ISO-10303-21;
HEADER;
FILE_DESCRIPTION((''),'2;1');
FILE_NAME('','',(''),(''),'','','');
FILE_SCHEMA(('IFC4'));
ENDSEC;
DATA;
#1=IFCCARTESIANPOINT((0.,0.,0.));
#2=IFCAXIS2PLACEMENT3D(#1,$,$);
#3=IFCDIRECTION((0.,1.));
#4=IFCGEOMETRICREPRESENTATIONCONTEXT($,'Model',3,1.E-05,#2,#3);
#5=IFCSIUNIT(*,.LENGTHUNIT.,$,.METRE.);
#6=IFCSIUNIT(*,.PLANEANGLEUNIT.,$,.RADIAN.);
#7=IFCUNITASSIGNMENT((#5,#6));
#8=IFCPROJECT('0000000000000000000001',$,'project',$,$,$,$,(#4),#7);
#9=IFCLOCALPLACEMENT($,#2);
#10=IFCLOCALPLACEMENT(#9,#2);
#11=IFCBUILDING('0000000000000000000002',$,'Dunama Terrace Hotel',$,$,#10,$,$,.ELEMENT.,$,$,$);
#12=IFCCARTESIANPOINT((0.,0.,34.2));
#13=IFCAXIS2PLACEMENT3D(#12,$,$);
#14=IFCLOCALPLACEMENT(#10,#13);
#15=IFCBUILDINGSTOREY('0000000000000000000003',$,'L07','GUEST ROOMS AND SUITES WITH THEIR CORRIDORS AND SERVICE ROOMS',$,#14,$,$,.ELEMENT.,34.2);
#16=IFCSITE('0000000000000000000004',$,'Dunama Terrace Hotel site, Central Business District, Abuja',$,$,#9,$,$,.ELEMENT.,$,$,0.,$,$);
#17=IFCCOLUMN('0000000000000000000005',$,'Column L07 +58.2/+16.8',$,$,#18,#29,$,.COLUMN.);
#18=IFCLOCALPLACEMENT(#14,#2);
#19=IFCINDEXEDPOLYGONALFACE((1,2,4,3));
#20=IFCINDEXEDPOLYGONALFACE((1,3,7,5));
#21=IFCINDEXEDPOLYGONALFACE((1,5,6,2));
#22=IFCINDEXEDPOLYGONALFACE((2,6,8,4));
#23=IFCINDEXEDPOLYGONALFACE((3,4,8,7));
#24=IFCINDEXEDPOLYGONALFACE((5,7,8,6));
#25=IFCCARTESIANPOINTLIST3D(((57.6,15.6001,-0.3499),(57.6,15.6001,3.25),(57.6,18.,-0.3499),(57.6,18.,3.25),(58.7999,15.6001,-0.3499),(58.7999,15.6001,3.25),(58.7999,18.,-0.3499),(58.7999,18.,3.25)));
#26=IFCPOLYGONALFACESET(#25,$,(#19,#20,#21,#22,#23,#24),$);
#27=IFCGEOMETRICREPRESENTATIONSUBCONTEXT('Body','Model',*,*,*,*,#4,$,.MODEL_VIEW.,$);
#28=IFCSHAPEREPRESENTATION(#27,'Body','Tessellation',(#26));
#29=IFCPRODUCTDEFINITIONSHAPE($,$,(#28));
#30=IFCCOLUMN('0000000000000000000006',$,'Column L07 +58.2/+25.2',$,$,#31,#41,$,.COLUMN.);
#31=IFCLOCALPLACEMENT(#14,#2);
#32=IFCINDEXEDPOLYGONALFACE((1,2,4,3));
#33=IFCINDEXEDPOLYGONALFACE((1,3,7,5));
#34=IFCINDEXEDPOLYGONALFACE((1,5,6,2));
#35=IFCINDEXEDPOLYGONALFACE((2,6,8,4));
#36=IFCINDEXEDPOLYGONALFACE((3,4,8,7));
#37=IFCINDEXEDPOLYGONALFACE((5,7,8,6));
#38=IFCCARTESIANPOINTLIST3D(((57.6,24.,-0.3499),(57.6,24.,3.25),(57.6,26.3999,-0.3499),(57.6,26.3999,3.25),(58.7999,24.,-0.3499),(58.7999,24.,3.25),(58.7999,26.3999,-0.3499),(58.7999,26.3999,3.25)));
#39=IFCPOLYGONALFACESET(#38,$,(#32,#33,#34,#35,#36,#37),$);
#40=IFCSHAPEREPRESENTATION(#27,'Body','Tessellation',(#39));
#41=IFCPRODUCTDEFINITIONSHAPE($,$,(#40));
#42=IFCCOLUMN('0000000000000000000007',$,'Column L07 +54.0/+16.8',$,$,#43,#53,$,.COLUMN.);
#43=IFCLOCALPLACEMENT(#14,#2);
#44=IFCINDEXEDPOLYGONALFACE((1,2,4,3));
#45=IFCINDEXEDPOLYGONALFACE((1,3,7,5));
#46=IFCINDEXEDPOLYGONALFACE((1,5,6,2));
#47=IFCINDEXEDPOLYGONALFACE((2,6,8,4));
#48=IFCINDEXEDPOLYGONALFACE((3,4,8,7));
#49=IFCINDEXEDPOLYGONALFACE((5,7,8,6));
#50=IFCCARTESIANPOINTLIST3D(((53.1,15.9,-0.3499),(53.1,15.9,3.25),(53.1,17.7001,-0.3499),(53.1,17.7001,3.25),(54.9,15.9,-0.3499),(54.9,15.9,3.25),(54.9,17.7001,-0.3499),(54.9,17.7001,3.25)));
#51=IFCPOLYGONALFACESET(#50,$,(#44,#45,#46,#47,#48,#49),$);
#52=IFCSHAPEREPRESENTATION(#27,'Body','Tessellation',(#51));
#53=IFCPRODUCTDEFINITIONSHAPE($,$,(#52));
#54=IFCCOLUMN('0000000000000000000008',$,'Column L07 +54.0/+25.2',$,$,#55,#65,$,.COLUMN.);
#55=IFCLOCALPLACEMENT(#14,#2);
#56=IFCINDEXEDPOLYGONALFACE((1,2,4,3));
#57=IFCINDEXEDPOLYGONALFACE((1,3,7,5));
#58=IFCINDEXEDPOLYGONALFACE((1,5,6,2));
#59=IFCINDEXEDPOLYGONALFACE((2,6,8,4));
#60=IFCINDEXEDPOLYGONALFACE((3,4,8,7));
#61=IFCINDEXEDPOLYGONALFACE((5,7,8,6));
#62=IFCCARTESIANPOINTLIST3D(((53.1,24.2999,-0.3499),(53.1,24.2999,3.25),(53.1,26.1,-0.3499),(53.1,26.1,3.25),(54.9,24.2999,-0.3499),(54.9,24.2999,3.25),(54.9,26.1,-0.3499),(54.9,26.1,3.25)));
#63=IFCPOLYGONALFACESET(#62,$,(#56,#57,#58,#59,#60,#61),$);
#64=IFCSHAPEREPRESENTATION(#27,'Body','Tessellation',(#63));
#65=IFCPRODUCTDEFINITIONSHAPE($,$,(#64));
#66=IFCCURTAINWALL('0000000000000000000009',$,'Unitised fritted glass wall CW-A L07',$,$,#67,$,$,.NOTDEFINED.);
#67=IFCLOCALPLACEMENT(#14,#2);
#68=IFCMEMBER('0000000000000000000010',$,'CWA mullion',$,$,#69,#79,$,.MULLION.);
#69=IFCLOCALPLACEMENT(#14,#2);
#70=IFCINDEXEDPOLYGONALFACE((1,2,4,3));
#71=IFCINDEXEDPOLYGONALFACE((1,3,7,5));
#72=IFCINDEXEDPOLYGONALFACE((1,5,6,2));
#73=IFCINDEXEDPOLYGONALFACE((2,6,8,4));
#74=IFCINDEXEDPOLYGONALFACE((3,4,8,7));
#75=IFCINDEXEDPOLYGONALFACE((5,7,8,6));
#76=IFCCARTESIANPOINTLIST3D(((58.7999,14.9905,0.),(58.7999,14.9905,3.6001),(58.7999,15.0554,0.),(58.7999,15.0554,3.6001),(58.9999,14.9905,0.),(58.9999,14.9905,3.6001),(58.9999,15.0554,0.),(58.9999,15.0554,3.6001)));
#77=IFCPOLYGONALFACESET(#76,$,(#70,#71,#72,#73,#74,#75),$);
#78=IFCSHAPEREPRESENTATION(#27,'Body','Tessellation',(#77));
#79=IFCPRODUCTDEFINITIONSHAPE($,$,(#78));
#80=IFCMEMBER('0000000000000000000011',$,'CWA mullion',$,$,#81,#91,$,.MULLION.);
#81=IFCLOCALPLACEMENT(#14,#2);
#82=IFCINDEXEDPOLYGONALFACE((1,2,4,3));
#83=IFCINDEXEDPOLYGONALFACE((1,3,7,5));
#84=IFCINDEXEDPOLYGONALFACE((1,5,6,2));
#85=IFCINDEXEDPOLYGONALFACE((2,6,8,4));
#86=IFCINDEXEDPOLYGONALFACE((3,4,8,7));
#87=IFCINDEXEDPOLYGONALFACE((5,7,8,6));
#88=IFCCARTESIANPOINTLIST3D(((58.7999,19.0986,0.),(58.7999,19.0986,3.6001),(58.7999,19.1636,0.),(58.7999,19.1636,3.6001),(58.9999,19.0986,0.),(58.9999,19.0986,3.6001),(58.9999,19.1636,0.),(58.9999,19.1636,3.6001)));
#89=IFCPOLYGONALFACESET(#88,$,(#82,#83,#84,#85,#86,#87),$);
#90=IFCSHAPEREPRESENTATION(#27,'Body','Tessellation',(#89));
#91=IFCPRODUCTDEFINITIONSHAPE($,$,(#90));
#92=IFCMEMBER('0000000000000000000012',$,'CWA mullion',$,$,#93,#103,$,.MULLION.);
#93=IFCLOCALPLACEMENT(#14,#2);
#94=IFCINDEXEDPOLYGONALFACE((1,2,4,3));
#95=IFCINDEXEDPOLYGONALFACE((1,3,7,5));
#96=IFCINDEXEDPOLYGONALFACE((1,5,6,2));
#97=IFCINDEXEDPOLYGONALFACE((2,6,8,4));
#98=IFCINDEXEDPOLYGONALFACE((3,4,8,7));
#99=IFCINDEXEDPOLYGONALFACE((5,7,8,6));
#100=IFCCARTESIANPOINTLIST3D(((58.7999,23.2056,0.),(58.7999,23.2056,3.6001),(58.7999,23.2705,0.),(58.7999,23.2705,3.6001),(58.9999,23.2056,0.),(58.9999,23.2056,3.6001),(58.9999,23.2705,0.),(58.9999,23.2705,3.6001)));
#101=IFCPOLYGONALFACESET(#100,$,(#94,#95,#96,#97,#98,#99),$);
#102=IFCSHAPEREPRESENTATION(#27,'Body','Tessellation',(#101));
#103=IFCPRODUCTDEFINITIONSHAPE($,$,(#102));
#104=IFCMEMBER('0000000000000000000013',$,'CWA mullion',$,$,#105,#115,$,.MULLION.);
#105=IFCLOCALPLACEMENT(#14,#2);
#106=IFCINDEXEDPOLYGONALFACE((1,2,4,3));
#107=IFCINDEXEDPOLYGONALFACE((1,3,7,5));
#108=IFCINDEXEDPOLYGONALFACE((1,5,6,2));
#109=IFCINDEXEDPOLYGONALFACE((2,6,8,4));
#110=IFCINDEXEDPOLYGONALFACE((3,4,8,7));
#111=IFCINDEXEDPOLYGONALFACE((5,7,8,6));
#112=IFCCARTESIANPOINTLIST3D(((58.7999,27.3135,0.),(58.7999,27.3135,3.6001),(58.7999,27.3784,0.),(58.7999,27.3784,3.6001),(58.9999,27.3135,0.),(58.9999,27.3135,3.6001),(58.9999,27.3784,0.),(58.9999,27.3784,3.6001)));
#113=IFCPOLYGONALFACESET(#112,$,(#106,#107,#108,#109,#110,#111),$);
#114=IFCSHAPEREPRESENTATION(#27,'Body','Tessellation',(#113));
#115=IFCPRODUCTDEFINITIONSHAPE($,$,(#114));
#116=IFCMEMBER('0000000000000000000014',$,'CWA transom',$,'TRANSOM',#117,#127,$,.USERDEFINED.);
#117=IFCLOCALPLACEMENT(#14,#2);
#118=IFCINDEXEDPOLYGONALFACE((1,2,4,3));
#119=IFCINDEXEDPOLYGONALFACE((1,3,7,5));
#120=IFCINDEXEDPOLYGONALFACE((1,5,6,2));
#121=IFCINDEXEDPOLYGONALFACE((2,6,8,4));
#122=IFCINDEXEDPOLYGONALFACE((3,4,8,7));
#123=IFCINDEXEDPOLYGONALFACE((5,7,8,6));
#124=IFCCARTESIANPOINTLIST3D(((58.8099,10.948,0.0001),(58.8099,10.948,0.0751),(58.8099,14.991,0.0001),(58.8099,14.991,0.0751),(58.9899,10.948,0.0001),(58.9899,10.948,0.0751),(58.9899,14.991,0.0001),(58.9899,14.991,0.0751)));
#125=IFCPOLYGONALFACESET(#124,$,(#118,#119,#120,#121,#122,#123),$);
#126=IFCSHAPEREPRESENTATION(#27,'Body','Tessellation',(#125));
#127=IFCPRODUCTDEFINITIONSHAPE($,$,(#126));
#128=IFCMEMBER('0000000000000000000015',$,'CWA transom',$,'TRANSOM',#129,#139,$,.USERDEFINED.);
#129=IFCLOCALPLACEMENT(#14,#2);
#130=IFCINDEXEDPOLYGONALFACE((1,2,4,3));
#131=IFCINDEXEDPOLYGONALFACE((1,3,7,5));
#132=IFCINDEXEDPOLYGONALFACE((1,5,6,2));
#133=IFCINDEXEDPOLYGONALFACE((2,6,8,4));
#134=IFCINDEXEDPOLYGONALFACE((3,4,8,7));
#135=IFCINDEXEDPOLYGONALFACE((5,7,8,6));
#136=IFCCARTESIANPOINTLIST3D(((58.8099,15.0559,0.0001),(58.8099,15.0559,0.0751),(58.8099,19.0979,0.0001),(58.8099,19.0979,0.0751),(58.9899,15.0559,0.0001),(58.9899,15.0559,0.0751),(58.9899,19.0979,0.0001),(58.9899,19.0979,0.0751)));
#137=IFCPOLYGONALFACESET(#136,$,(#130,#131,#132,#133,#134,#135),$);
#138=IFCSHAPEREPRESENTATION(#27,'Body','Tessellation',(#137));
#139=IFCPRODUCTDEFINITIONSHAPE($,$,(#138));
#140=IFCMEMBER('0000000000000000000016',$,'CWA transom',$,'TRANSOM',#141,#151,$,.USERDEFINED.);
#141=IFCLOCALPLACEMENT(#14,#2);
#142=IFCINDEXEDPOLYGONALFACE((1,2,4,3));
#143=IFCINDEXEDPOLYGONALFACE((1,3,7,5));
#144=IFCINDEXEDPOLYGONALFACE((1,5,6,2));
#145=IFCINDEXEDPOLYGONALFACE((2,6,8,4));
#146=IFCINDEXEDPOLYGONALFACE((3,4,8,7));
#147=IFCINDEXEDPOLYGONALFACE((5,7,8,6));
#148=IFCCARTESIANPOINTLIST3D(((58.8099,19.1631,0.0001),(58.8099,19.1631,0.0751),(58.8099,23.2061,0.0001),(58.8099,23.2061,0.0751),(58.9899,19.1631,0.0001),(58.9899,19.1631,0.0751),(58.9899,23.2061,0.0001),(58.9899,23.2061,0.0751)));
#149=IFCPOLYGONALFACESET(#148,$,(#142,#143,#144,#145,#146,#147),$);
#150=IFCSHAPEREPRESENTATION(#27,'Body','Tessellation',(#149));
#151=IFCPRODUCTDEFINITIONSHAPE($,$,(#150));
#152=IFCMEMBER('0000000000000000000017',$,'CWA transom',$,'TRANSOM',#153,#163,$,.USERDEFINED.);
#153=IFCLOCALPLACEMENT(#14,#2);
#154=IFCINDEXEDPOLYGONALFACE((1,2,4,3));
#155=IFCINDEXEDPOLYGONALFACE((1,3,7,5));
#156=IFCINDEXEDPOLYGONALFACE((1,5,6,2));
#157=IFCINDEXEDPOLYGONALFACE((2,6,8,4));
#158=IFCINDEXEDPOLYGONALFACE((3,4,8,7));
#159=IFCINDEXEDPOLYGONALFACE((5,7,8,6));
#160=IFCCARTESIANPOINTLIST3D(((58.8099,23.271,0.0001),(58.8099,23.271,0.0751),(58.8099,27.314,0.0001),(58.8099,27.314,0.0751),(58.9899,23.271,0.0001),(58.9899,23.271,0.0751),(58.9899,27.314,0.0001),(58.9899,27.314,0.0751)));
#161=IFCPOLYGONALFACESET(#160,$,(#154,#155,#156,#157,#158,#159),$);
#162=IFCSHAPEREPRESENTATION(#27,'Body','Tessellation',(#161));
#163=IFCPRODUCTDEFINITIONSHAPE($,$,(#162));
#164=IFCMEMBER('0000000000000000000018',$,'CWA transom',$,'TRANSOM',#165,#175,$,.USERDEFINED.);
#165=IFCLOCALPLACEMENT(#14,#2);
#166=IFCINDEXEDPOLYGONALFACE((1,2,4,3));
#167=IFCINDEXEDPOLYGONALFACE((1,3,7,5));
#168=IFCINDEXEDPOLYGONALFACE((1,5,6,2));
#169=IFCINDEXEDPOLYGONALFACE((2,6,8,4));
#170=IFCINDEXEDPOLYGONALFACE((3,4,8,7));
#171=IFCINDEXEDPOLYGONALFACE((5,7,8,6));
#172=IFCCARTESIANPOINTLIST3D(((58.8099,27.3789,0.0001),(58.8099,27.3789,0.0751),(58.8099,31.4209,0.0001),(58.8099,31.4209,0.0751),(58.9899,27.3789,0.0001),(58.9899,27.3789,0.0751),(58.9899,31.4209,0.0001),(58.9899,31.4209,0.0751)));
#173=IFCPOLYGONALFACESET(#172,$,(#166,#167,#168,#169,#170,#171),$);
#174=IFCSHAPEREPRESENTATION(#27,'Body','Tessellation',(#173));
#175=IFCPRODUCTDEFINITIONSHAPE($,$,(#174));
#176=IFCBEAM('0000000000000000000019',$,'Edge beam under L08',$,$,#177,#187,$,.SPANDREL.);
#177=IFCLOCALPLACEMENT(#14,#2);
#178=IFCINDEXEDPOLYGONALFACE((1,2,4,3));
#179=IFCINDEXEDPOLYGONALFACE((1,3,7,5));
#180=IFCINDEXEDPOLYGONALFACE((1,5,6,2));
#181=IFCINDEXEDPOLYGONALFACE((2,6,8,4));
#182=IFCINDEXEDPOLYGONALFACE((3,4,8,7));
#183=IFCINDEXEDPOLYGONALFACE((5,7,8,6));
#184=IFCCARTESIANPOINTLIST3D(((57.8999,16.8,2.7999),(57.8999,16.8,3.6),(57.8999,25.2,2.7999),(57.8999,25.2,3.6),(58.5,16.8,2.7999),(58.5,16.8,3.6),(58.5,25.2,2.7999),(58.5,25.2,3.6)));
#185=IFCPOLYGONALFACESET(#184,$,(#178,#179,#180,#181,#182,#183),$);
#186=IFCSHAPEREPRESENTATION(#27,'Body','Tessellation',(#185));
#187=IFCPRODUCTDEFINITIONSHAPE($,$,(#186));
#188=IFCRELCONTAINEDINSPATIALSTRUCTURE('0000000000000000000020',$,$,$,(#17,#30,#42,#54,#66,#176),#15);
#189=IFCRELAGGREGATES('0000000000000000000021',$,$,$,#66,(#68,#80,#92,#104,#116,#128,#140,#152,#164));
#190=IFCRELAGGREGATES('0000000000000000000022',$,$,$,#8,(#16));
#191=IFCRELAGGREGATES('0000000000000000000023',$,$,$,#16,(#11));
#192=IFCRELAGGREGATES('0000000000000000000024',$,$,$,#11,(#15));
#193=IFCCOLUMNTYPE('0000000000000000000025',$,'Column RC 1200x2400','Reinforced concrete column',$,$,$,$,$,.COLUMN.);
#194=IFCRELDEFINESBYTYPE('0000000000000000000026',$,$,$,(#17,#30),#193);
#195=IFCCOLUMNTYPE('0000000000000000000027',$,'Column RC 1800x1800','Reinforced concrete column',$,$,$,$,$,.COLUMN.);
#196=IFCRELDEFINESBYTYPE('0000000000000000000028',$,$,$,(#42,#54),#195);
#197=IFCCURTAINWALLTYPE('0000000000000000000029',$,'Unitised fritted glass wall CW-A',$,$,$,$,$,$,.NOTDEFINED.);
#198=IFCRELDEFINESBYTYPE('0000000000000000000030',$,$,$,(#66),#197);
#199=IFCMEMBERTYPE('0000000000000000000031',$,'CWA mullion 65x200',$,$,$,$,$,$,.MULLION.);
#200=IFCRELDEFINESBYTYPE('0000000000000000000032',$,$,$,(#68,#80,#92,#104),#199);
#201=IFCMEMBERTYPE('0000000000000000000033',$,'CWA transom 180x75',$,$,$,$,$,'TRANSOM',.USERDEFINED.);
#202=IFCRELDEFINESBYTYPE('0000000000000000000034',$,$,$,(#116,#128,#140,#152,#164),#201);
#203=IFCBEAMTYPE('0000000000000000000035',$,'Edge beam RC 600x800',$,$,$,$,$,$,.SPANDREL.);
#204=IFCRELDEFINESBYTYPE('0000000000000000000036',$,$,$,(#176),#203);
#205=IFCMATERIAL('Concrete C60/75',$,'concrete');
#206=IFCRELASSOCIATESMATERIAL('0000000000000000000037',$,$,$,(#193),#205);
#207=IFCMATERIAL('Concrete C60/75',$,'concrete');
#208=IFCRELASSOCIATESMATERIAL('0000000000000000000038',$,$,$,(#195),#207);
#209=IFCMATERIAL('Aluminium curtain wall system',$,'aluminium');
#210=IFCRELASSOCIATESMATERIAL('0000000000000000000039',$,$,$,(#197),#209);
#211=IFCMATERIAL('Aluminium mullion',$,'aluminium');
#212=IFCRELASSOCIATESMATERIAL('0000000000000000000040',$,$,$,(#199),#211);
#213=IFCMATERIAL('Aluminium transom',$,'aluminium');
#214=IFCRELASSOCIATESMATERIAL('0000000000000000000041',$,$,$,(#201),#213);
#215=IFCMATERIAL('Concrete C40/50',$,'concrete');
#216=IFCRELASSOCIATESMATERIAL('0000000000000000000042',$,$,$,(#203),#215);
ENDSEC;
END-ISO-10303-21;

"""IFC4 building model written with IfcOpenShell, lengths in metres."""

from ifc_helpers import new_model, si_unit, direction, frame, origin, origin_2d, place, context, subcontext, project, spatial, rectangle, extrude, material, material_profile, profile_set, type_object, element, aggregate, save


model = new_model("IFC4")

# Units and contexts
model_context = context("Model", 3, precision=1e-05, world=origin(), true_north=direction((0.0, 1.0)))
body_context = subcontext(model_context, "Body", "Model", "MODEL_VIEW")
ifc_project = project(units=[si_unit("LENGTHUNIT", "METRE"), si_unit("PLANEANGLEUNIT", "RADIAN")], contexts=[model_context])

# Site, building, storey
site_placement = place(None, origin())
site = spatial("IfcSite", under=ifc_project, at=site_placement, Name="Dunama Terrace Hotel site, Central Business District, Abuja", CompositionType="ELEMENT", RefElevation=0.0)
building_placement = place(site_placement, origin())
building = spatial("IfcBuilding", under=site, at=building_placement, Name="Dunama Terrace Hotel", CompositionType="ELEMENT")
storey_placement = place(building_placement, frame((0.0, 0.0, 34.2)))
storey = spatial("IfcBuildingStorey", under=building, at=storey_placement, Name="L07", Description="GUEST ROOMS AND SUITES WITH THEIR CORRIDORS AND SERVICE ROOMS", CompositionType="ELEMENT", Elevation=34.2)

# Columns
ifc_material_1 = material(Name="Concrete C60/75", Category="concrete")
ifc_material_profile_1 = material_profile(ifc_material_1, rectangle(XDim=1.2, YDim=2.3999, at=origin_2d()), Name="RC 1200x2400")
ifc_profile_set_1 = profile_set([ifc_material_profile_1], Name="Concrete C60/75")
column_type_1 = type_object("IfcColumnType", Name="Column RC 1200x2400", Description="Reinforced concrete column", PredefinedType="COLUMN", material=ifc_profile_set_1)
for number, where, z_axis, x_axis, name in (
    (1, (58.2, 16.8, -0.3499), (0.0, 0.0, 1.0), (1.0, 0.0, 0.0), "Column L07 +58.2/+16.8"),
    (2, (58.2, 25.2, -0.3499), (0.0, 0.0, 1.0), (1.0, 0.0, 0.0), "Column L07 +58.2/+25.2"),
):
    element("IfcColumn", number, at=place(storey_placement, frame(where, z_axis=z_axis, x_axis=x_axis)), inside=storey, type_object=column_type_1, Name=name, PredefinedType="COLUMN", context=body_context, shape_type="SweptSolid", body=[
        extrude(rectangle(XDim=1.2, YDim=2.3999, at=origin_2d()), origin(), (0.0, 0.0, 1.0), 3.5999),
    ])
ifc_material_2 = material(Name="Concrete C60/75", Category="concrete")
ifc_material_profile_2 = material_profile(ifc_material_2, rectangle(XDim=1.8, YDim=1.8, at=origin_2d()), Name="RC 1800x1800")
ifc_profile_set_2 = profile_set([ifc_material_profile_2], Name="Concrete C60/75")
column_type_2 = type_object("IfcColumnType", Name="Column RC 1800x1800", Description="Reinforced concrete column", PredefinedType="COLUMN", material=ifc_profile_set_2)
for number, where, z_axis, x_axis, name in (
    (3, (54.0, 16.8, -0.3499), (0.0, 0.0, 1.0), (1.0, 0.0, 0.0), "Column L07 +54.0/+16.8"),
    (4, (54.0, 25.2, -0.3499), (0.0, 0.0, 1.0), (1.0, 0.0, 0.0), "Column L07 +54.0/+25.2"),
):
    element("IfcColumn", number, at=place(storey_placement, frame(where, z_axis=z_axis, x_axis=x_axis)), inside=storey, type_object=column_type_2, Name=name, PredefinedType="COLUMN", context=body_context, shape_type="SweptSolid", body=[
        extrude(rectangle(XDim=1.8, YDim=1.8, at=origin_2d()), origin(), (0.0, 0.0, 1.0), 3.5999),
    ])

# Curtain wall, members
ifc_material_3 = material(Name="Aluminium curtain wall system", Category="aluminium")
curtain_wall_type = type_object("IfcCurtainWallType", Name="Unitised fritted glass wall CW-A", PredefinedType="NOTDEFINED", material=ifc_material_3)
curtain_wall_placement = place(storey_placement, origin())
curtain_wall = element("IfcCurtainWall", 5, at=curtain_wall_placement, inside=storey, type_object=curtain_wall_type, Name="Unitised fritted glass wall CW-A L07", PredefinedType="NOTDEFINED")
ifc_material_4 = material(Name="Aluminium mullion", Category="aluminium")
ifc_material_profile_3 = material_profile(ifc_material_4, rectangle(XDim=0.0649, YDim=0.2, at=origin_2d()), Name="CWA MULLION 65X200")
ifc_profile_set_3 = profile_set([ifc_material_profile_3], Name="Aluminium mullion")
member_type_1 = type_object("IfcMemberType", Name="CWA mullion 65x200", PredefinedType="MULLION", material=ifc_profile_set_3)
member_1_placement = place(storey_placement, frame((58.8999, 15.0229, 0.0), z_axis=(0.0, 0.0, 1.0), x_axis=(0.0, 1.0, 0.0)))
member_1 = element("IfcMember", 6, at=member_1_placement, type_object=member_type_1, Name="CWA mullion", PredefinedType="MULLION", context=body_context, shape_type="SweptSolid", body=[
    extrude(rectangle(XDim=0.0649, YDim=0.2, at=origin_2d()), origin(), (0.0, 0.0, 1.0), 3.6001),
])
member_2_placement = place(storey_placement, frame((58.8999, 19.1311, 0.0), z_axis=(0.0, 0.0, 1.0), x_axis=(0.0, 1.0, 0.0)))
member_2 = element("IfcMember", 7, at=member_2_placement, type_object=member_type_1, Name="CWA mullion", PredefinedType="MULLION", context=body_context, shape_type="SweptSolid", body=[
    extrude(rectangle(XDim=0.0649, YDim=0.2, at=origin_2d()), origin(), (0.0, 0.0, 1.0), 3.6001),
])
member_3_placement = place(storey_placement, frame((58.8999, 23.238, 0.0), z_axis=(0.0, 0.0, 1.0), x_axis=(0.0, 1.0, 0.0)))
member_3 = element("IfcMember", 8, at=member_3_placement, type_object=member_type_1, Name="CWA mullion", PredefinedType="MULLION", context=body_context, shape_type="SweptSolid", body=[
    extrude(rectangle(XDim=0.0649, YDim=0.2, at=origin_2d()), origin(), (0.0, 0.0, 1.0), 3.6001),
])
member_4_placement = place(storey_placement, frame((58.8999, 27.3459, 0.0), z_axis=(0.0, 0.0, 1.0), x_axis=(0.0, 1.0, 0.0)))
member_4 = element("IfcMember", 9, at=member_4_placement, type_object=member_type_1, Name="CWA mullion", PredefinedType="MULLION", context=body_context, shape_type="SweptSolid", body=[
    extrude(rectangle(XDim=0.0649, YDim=0.2, at=origin_2d()), origin(), (0.0, 0.0, 1.0), 3.6001),
])
ifc_material_5 = material(Name="Aluminium transom", Category="aluminium")
ifc_material_profile_4 = material_profile(ifc_material_5, rectangle(XDim=0.1799, YDim=0.075, at=origin_2d()), Name="CWA TRANSOM 180X75")
ifc_profile_set_4 = profile_set([ifc_material_profile_4], Name="Aluminium transom")
member_type_2 = type_object("IfcMemberType", Name="CWA transom 180x75", ElementType="TRANSOM", PredefinedType="USERDEFINED", material=ifc_profile_set_4)
member_5_placement = place(storey_placement, frame((58.8999, 10.948, 0.0376), z_axis=(0.0, 1.0, 0.0), x_axis=(-1.0, 0.0, 0.0)))
member_5 = element("IfcMember", 10, at=member_5_placement, type_object=member_type_2, Name="CWA transom", ObjectType="TRANSOM", PredefinedType="USERDEFINED", context=body_context, shape_type="SweptSolid", body=[
    extrude(rectangle(XDim=0.1799, YDim=0.075, at=origin_2d()), origin(), (0.0, 0.0, 1.0), 4.043),
])
member_6_placement = place(storey_placement, frame((58.8999, 15.0559, 0.0376), z_axis=(0.0, 1.0, 0.0), x_axis=(-1.0, 0.0, 0.0)))
member_6 = element("IfcMember", 11, at=member_6_placement, type_object=member_type_2, Name="CWA transom", ObjectType="TRANSOM", PredefinedType="USERDEFINED", context=body_context, shape_type="SweptSolid", body=[
    extrude(rectangle(XDim=0.1799, YDim=0.075, at=origin_2d()), origin(), (0.0, 0.0, 1.0), 4.042),
])
member_7_placement = place(storey_placement, frame((58.8999, 19.1631, 0.0376), z_axis=(0.0, 1.0, 0.0), x_axis=(-1.0, 0.0, 0.0)))
member_7 = element("IfcMember", 12, at=member_7_placement, type_object=member_type_2, Name="CWA transom", ObjectType="TRANSOM", PredefinedType="USERDEFINED", context=body_context, shape_type="SweptSolid", body=[
    extrude(rectangle(XDim=0.1799, YDim=0.075, at=origin_2d()), origin(), (0.0, 0.0, 1.0), 4.043),
])
member_8_placement = place(storey_placement, frame((58.8999, 23.271, 0.0376), z_axis=(0.0, 1.0, 0.0), x_axis=(-1.0, 0.0, 0.0)))
member_8 = element("IfcMember", 13, at=member_8_placement, type_object=member_type_2, Name="CWA transom", ObjectType="TRANSOM", PredefinedType="USERDEFINED", context=body_context, shape_type="SweptSolid", body=[
    extrude(rectangle(XDim=0.1799, YDim=0.075, at=origin_2d()), origin(), (0.0, 0.0, 1.0), 4.043),
])
member_9_placement = place(storey_placement, frame((58.8999, 27.3789, 0.0376), z_axis=(0.0, 1.0, 0.0), x_axis=(-1.0, 0.0, 0.0)))
member_9 = element("IfcMember", 14, at=member_9_placement, type_object=member_type_2, Name="CWA transom", ObjectType="TRANSOM", PredefinedType="USERDEFINED", context=body_context, shape_type="SweptSolid", body=[
    extrude(rectangle(XDim=0.1799, YDim=0.075, at=origin_2d()), origin(), (0.0, 0.0, 1.0), 4.042),
])

# Beam
ifc_material_6 = material(Name="Concrete C40/50", Category="concrete")
ifc_material_profile_5 = material_profile(ifc_material_6, rectangle(XDim=0.6001, YDim=0.8, at=origin_2d()), Name="RC 600x800")
ifc_profile_set_5 = profile_set([ifc_material_profile_5], Name="Concrete C40/50")
beam_type = type_object("IfcBeamType", Name="Edge beam RC 600x800", PredefinedType="SPANDREL", material=ifc_profile_set_5)
beam_1_placement = place(storey_placement, frame((58.2, 16.8, 3.2), z_axis=(0.0, 1.0, 0.0), x_axis=(-1.0, 0.0, 0.0)))
element("IfcBeam", 15, at=beam_1_placement, inside=storey, type_object=beam_type, Name="Edge beam under L08", PredefinedType="SPANDREL", context=body_context, shape_type="SweptSolid", body=[
    extrude(rectangle(XDim=0.6001, YDim=0.8, at=origin_2d()), origin(), (0.0, 0.0, 1.0), 8.3999),
])

aggregate(curtain_wall, [member_1, member_2, member_3, member_4, member_5, member_6, member_7, member_8, member_9])

save(model, "model.ifc")
